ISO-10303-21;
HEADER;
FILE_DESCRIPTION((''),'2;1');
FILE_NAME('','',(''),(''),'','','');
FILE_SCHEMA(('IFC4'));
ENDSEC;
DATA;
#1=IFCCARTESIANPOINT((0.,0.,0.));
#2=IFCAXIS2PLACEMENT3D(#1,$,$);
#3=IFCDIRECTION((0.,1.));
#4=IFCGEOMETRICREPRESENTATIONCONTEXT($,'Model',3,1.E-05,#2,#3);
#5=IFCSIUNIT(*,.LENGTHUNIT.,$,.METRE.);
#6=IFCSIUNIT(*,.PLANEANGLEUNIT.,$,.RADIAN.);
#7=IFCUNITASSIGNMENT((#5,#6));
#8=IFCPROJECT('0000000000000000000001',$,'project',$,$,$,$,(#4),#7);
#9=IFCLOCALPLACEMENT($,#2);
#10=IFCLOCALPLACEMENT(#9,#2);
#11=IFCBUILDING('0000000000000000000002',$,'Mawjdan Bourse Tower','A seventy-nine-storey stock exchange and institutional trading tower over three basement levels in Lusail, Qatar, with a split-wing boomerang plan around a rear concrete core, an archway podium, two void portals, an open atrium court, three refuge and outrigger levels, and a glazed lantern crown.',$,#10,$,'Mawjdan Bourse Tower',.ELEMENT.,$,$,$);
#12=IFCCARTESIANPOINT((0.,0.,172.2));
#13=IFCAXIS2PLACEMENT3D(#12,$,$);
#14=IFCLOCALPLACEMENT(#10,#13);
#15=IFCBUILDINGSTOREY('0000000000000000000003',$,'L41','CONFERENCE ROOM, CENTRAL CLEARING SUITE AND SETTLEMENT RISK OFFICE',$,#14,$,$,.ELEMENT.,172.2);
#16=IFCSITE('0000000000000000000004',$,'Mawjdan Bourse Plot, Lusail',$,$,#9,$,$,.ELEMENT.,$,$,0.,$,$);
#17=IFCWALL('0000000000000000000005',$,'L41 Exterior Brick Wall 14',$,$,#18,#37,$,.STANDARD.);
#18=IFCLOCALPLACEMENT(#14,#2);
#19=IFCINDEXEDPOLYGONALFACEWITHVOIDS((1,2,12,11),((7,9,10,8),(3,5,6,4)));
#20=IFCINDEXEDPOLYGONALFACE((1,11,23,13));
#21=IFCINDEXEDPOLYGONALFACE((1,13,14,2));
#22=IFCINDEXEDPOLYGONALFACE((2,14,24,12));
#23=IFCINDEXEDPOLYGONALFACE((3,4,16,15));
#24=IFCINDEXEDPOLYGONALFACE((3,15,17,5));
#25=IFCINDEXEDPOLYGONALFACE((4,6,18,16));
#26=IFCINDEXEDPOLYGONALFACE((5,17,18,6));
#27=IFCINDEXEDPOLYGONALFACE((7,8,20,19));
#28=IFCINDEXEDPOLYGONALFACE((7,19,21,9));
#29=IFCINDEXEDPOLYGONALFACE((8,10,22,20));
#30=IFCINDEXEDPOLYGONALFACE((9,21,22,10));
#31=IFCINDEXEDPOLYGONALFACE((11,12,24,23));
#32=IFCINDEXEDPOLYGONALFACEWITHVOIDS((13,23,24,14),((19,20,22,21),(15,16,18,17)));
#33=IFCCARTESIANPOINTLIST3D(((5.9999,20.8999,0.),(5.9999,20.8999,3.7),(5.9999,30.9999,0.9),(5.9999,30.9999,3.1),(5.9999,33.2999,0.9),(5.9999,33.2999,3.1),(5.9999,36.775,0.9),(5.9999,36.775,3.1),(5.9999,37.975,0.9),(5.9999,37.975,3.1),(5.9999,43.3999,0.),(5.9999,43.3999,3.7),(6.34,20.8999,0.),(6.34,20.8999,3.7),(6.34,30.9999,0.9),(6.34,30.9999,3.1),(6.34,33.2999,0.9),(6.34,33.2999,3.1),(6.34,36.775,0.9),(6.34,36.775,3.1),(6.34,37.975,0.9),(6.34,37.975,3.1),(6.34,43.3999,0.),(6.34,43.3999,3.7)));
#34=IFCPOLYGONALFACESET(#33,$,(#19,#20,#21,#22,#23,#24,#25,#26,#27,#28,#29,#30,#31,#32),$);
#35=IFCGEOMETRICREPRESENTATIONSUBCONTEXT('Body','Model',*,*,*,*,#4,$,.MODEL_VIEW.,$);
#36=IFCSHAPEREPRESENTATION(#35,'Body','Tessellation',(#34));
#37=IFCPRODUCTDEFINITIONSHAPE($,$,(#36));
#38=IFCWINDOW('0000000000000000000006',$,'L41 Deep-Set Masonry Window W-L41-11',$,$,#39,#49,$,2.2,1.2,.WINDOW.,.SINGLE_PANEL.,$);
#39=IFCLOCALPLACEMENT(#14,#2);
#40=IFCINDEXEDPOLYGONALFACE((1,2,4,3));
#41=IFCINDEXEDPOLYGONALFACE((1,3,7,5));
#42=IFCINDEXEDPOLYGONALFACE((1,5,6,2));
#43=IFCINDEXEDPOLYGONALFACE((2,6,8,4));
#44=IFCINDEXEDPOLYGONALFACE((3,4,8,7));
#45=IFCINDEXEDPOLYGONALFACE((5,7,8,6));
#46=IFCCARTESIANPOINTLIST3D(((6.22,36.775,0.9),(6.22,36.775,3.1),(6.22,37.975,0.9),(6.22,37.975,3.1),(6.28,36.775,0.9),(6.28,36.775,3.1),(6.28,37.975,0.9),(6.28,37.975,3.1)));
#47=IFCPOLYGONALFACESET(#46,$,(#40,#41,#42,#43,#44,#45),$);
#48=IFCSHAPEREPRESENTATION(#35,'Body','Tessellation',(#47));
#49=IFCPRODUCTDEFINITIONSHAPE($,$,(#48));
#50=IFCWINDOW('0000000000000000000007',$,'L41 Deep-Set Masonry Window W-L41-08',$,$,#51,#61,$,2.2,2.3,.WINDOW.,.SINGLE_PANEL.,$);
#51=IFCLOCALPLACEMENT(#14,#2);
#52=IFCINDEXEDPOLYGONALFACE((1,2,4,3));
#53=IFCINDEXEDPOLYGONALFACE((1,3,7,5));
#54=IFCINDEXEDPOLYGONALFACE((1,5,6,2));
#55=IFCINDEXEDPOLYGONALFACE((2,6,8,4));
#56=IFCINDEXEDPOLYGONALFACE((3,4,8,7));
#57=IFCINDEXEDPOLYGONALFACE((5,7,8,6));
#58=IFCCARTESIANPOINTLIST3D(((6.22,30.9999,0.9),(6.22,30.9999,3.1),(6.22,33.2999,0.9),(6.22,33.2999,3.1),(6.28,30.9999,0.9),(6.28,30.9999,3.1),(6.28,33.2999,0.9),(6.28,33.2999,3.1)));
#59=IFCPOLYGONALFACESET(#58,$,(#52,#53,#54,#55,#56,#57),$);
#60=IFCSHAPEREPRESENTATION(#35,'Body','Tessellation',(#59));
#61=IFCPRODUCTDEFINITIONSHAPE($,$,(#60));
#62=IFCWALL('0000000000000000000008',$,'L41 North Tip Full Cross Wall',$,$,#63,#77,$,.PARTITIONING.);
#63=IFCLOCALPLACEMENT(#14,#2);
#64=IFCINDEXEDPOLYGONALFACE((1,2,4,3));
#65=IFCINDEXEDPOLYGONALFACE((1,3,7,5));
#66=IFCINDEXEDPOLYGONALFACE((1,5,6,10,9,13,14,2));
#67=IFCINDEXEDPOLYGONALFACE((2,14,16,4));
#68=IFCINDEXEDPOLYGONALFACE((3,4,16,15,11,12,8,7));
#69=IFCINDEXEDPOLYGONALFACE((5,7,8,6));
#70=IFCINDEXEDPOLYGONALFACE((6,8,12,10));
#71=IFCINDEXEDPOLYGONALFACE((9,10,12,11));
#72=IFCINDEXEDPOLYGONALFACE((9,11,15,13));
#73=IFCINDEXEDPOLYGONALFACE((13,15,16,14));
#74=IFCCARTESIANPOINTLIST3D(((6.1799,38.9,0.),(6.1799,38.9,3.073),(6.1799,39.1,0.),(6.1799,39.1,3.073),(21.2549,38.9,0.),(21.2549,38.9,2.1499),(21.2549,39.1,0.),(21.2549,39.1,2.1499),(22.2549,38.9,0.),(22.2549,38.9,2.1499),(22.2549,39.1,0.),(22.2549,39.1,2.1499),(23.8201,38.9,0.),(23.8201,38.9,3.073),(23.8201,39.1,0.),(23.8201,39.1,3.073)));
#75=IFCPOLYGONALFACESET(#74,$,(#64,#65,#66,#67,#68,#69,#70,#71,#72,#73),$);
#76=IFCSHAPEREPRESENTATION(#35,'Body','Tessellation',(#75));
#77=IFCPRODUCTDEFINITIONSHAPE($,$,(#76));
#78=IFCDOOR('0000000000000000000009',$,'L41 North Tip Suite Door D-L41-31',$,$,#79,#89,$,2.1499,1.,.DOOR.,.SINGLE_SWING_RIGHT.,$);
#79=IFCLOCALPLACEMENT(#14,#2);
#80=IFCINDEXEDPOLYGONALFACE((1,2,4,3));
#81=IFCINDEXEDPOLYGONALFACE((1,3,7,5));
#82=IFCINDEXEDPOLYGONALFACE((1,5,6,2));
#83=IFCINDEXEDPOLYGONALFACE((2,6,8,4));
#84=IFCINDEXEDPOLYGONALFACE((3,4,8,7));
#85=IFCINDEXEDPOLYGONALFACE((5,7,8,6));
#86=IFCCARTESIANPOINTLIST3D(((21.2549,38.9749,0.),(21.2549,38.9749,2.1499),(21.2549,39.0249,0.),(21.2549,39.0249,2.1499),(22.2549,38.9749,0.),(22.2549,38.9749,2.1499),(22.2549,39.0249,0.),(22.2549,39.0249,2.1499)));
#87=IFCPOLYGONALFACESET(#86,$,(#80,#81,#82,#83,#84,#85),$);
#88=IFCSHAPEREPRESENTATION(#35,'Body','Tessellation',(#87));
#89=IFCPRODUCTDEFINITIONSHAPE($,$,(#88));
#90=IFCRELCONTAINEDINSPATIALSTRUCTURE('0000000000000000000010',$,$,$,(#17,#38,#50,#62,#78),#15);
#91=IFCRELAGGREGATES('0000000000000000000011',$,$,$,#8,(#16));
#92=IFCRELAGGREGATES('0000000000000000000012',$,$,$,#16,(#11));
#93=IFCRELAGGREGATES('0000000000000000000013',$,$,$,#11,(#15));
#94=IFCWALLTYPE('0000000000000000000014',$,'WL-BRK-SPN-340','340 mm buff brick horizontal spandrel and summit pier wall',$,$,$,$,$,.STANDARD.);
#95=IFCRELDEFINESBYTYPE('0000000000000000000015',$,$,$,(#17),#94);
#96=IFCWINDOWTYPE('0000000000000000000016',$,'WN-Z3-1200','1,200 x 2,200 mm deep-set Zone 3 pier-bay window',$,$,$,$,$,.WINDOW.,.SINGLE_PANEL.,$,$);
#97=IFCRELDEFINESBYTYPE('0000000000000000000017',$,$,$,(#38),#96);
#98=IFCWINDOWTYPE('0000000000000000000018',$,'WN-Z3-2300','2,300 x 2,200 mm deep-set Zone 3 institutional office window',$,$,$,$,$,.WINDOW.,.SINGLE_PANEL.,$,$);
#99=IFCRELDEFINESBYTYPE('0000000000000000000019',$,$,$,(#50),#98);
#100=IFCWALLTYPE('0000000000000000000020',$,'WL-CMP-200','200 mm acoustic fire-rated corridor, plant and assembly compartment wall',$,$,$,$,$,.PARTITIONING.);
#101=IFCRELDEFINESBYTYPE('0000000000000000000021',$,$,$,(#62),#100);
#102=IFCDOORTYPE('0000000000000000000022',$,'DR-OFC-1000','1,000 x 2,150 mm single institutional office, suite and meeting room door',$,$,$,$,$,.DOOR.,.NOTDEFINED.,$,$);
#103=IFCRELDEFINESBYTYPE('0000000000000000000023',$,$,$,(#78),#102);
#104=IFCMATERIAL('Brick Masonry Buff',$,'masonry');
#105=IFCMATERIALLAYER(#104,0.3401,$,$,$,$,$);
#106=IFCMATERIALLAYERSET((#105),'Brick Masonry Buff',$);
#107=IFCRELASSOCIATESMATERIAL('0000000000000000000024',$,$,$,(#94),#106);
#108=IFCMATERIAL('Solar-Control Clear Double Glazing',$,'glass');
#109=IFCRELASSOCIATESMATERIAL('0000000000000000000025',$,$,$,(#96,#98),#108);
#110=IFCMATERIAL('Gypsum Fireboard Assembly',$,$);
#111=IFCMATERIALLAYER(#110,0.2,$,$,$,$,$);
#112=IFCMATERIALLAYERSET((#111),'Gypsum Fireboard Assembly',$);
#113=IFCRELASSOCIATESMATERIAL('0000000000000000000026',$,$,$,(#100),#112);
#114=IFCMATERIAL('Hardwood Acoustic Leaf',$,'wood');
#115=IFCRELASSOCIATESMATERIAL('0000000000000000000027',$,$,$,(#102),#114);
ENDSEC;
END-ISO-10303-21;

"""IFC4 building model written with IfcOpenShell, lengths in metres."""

from ifc_helpers import new_model, si_unit, direction, frame, frame_2d, origin, place, context, subcontext, project, spatial, rectangle, extrude, material, layer, layer_set, type_object, element, fill, save


model = new_model("IFC4")

# Units and contexts
model_context = context("Model", 3, precision=1e-05, world=origin(), true_north=direction((0.0, 1.0)))
body_context = subcontext(model_context, "Body", "Model", "MODEL_VIEW")
ifc_project = project(units=[si_unit("LENGTHUNIT", "METRE"), si_unit("PLANEANGLEUNIT", "RADIAN")], contexts=[model_context])

# Site, building, storey
site_placement = place(None, origin())
site = spatial("IfcSite", under=ifc_project, at=site_placement, Name="Mawjdan Bourse Plot, Lusail", CompositionType="ELEMENT", RefElevation=0.0)
building_placement = place(site_placement, origin())
building = spatial("IfcBuilding", under=site, at=building_placement, Name="Mawjdan Bourse Tower", Description="A seventy-nine-storey stock exchange and institutional trading tower over three basement levels in Lusail, Qatar, with a split-wing boomerang plan around a rear concrete core, an archway podium, two void portals, an open atrium court, three refuge and outrigger levels, and a glazed lantern crown.", LongName="Mawjdan Bourse Tower", CompositionType="ELEMENT")
storey_placement = place(building_placement, frame((0.0, 0.0, 172.2)))
storey = spatial("IfcBuildingStorey", under=building, at=storey_placement, Name="L41", Description="CONFERENCE ROOM, CENTRAL CLEARING SUITE AND SETTLEMENT RISK OFFICE", CompositionType="ELEMENT", Elevation=172.2)

# Shared definitions
ifc_material_1 = material(Name="Brick Masonry Buff", Category="masonry")
ifc_layer_1 = layer(ifc_material_1, 0.3401)
ifc_layer_set_1 = layer_set([ifc_layer_1], Name="Brick Masonry Buff")
wall_type_1 = type_object("IfcWallType", Name="WL-BRK-SPN-340", Description="340 mm buff brick horizontal spandrel and summit pier wall", PredefinedType="STANDARD", material=ifc_layer_set_1)

# Wall, openings, windows
wall_1_placement = place(storey_placement, frame((6.1699, 43.3999, 0.0), z_axis=(0.0, 0.0, 1.0), x_axis=(0.0, -1.0, 0.0)))
wall_1 = element("IfcWall", 1, at=wall_1_placement, inside=storey, type_object=wall_type_1, Name="L41 Exterior Brick Wall 14", PredefinedType="STANDARD", context=body_context, shape_type="SweptSolid", body=[
    extrude(rectangle(XDim=22.5, YDim=0.3401, at=frame_2d((11.25, 0.0))), origin(), (0.0, 0.0, 1.0), 3.7),
])
opening_1_placement = place(wall_1_placement, frame((10.1001, 0.0, 0.8999)))
opening_1 = element("IfcOpeningElement", 2, at=opening_1_placement, cuts=wall_1, PredefinedType="OPENING", context=body_context, shape_type="SweptSolid", body=[
    extrude(rectangle(XDim=2.3, YDim=2.2, at=frame_2d((1.1499, 1.1001))), frame((0.0, 0.1802, 0.0), z_axis=(0.0, -1.0, 0.0), x_axis=(1.0, 0.0, 0.0)), (0.0, 0.0, 1.0), 0.3601),
])
opening_2_placement = place(wall_1_placement, frame((5.4248, 0.0, 0.8999)))
opening_2 = element("IfcOpeningElement", 3, at=opening_2_placement, cuts=wall_1, PredefinedType="OPENING", context=body_context, shape_type="SweptSolid", body=[
    extrude(rectangle(XDim=1.2, YDim=2.2, at=frame_2d((0.6001, 1.1001))), frame((0.0, 0.1802, 0.0), z_axis=(0.0, -1.0, 0.0), x_axis=(1.0, 0.0, 0.0)), (0.0, 0.0, 1.0), 0.3601),
])
ifc_material_2 = material(Name="Solar-Control Clear Double Glazing", Category="glass")
window_type_1 = type_object("IfcWindowType", Name="WN-Z3-1200", Description="1,200 x 2,200 mm deep-set Zone 3 pier-bay window", PartitioningType="SINGLE_PANEL", PredefinedType="WINDOW", material=ifc_material_2)
window_1_placement = place(opening_2_placement, origin())
window_1 = element("IfcWindow", 4, at=window_1_placement, inside=storey, type_object=window_type_1, Name="L41 Deep-Set Masonry Window W-L41-11", OverallHeight=2.2, OverallWidth=1.2, PartitioningType="SINGLE_PANEL", PredefinedType="WINDOW", context=body_context, shape_type="SweptSolid", body=[
    extrude(rectangle(XDim=1.2, YDim=2.2, at=frame_2d((0.6001, 1.1001))), frame((0.0, 0.1101, 0.0), z_axis=(0.0, -1.0, 0.0), x_axis=(1.0, 0.0, 0.0)), (0.0, 0.0, 1.0), 0.0601),
])
fill(opening_2, window_1)
window_type_2 = type_object("IfcWindowType", Name="WN-Z3-2300", Description="2,300 x 2,200 mm deep-set Zone 3 institutional office window", PartitioningType="SINGLE_PANEL", PredefinedType="WINDOW", material=ifc_material_2)
window_2_placement = place(opening_1_placement, origin())
window_2 = element("IfcWindow", 5, at=window_2_placement, inside=storey, type_object=window_type_2, Name="L41 Deep-Set Masonry Window W-L41-08", OverallHeight=2.2, OverallWidth=2.3, PartitioningType="SINGLE_PANEL", PredefinedType="WINDOW", context=body_context, shape_type="SweptSolid", body=[
    extrude(rectangle(XDim=2.3, YDim=2.2, at=frame_2d((1.1499, 1.1001))), frame((0.0, 0.1101, 0.0), z_axis=(0.0, -1.0, 0.0), x_axis=(1.0, 0.0, 0.0)), (0.0, 0.0, 1.0), 0.0601),
])
fill(opening_1, window_2)

# Wall, opening, door
ifc_material_3 = material(Name="Gypsum Fireboard Assembly")
ifc_layer_2 = layer(ifc_material_3, 0.2)
ifc_layer_set_2 = layer_set([ifc_layer_2], Name="Gypsum Fireboard Assembly")
wall_type_2 = type_object("IfcWallType", Name="WL-CMP-200", Description="200 mm acoustic fire-rated corridor, plant and assembly compartment wall", PredefinedType="PARTITIONING", material=ifc_layer_set_2)
wall_2_placement = place(storey_placement, frame((6.1799, 39.0, 0.0), z_axis=(0.0, 0.0, 1.0), x_axis=(1.0, 0.0, 0.0)))
wall_2 = element("IfcWall", 6, at=wall_2_placement, inside=storey, type_object=wall_type_2, Name="L41 North Tip Full Cross Wall", PredefinedType="PARTITIONING", context=body_context, shape_type="SweptSolid", body=[
    extrude(rectangle(XDim=17.6401, YDim=0.2, at=frame_2d((8.8201, 0.0))), origin(), (0.0, 0.0, 1.0), 3.073),
])
opening_3_placement = place(wall_2_placement, frame((15.075, 0.0, 0.0)))
opening_3 = element("IfcOpeningElement", 7, at=opening_3_placement, cuts=wall_2, PredefinedType="OPENING", context=body_context, shape_type="SweptSolid", body=[
    extrude(rectangle(XDim=1.0, YDim=2.1499, at=frame_2d((0.5, 1.075))), frame((0.0, 0.1099, 0.0), z_axis=(0.0, -1.0, 0.0), x_axis=(1.0, 0.0, 0.0)), (0.0, 0.0, 1.0), 0.22),
])
ifc_material_4 = material(Name="Hardwood Acoustic Leaf", Category="wood")
door_type = type_object("IfcDoorType", Name="DR-OFC-1000", Description="1,000 x 2,150 mm single institutional office, suite and meeting room door", OperationType="NOTDEFINED", PredefinedType="DOOR", material=ifc_material_4)
door_placement = place(opening_3_placement, origin())
door = element("IfcDoor", 8, at=door_placement, inside=storey, type_object=door_type, Name="L41 North Tip Suite Door D-L41-31", OperationType="SINGLE_SWING_RIGHT", OverallHeight=2.1499, OverallWidth=1.0, PredefinedType="DOOR", context=body_context, shape_type="SweptSolid", body=[
    extrude(rectangle(XDim=1.0, YDim=2.1499, at=frame_2d((0.5, 1.075))), frame((0.0, 0.0249, 0.0), z_axis=(0.0, -1.0, 0.0), x_axis=(1.0, 0.0, 0.0)), (0.0, 0.0, 1.0), 0.05),
])
fill(opening_3, door)

save(model, "model.ifc")
